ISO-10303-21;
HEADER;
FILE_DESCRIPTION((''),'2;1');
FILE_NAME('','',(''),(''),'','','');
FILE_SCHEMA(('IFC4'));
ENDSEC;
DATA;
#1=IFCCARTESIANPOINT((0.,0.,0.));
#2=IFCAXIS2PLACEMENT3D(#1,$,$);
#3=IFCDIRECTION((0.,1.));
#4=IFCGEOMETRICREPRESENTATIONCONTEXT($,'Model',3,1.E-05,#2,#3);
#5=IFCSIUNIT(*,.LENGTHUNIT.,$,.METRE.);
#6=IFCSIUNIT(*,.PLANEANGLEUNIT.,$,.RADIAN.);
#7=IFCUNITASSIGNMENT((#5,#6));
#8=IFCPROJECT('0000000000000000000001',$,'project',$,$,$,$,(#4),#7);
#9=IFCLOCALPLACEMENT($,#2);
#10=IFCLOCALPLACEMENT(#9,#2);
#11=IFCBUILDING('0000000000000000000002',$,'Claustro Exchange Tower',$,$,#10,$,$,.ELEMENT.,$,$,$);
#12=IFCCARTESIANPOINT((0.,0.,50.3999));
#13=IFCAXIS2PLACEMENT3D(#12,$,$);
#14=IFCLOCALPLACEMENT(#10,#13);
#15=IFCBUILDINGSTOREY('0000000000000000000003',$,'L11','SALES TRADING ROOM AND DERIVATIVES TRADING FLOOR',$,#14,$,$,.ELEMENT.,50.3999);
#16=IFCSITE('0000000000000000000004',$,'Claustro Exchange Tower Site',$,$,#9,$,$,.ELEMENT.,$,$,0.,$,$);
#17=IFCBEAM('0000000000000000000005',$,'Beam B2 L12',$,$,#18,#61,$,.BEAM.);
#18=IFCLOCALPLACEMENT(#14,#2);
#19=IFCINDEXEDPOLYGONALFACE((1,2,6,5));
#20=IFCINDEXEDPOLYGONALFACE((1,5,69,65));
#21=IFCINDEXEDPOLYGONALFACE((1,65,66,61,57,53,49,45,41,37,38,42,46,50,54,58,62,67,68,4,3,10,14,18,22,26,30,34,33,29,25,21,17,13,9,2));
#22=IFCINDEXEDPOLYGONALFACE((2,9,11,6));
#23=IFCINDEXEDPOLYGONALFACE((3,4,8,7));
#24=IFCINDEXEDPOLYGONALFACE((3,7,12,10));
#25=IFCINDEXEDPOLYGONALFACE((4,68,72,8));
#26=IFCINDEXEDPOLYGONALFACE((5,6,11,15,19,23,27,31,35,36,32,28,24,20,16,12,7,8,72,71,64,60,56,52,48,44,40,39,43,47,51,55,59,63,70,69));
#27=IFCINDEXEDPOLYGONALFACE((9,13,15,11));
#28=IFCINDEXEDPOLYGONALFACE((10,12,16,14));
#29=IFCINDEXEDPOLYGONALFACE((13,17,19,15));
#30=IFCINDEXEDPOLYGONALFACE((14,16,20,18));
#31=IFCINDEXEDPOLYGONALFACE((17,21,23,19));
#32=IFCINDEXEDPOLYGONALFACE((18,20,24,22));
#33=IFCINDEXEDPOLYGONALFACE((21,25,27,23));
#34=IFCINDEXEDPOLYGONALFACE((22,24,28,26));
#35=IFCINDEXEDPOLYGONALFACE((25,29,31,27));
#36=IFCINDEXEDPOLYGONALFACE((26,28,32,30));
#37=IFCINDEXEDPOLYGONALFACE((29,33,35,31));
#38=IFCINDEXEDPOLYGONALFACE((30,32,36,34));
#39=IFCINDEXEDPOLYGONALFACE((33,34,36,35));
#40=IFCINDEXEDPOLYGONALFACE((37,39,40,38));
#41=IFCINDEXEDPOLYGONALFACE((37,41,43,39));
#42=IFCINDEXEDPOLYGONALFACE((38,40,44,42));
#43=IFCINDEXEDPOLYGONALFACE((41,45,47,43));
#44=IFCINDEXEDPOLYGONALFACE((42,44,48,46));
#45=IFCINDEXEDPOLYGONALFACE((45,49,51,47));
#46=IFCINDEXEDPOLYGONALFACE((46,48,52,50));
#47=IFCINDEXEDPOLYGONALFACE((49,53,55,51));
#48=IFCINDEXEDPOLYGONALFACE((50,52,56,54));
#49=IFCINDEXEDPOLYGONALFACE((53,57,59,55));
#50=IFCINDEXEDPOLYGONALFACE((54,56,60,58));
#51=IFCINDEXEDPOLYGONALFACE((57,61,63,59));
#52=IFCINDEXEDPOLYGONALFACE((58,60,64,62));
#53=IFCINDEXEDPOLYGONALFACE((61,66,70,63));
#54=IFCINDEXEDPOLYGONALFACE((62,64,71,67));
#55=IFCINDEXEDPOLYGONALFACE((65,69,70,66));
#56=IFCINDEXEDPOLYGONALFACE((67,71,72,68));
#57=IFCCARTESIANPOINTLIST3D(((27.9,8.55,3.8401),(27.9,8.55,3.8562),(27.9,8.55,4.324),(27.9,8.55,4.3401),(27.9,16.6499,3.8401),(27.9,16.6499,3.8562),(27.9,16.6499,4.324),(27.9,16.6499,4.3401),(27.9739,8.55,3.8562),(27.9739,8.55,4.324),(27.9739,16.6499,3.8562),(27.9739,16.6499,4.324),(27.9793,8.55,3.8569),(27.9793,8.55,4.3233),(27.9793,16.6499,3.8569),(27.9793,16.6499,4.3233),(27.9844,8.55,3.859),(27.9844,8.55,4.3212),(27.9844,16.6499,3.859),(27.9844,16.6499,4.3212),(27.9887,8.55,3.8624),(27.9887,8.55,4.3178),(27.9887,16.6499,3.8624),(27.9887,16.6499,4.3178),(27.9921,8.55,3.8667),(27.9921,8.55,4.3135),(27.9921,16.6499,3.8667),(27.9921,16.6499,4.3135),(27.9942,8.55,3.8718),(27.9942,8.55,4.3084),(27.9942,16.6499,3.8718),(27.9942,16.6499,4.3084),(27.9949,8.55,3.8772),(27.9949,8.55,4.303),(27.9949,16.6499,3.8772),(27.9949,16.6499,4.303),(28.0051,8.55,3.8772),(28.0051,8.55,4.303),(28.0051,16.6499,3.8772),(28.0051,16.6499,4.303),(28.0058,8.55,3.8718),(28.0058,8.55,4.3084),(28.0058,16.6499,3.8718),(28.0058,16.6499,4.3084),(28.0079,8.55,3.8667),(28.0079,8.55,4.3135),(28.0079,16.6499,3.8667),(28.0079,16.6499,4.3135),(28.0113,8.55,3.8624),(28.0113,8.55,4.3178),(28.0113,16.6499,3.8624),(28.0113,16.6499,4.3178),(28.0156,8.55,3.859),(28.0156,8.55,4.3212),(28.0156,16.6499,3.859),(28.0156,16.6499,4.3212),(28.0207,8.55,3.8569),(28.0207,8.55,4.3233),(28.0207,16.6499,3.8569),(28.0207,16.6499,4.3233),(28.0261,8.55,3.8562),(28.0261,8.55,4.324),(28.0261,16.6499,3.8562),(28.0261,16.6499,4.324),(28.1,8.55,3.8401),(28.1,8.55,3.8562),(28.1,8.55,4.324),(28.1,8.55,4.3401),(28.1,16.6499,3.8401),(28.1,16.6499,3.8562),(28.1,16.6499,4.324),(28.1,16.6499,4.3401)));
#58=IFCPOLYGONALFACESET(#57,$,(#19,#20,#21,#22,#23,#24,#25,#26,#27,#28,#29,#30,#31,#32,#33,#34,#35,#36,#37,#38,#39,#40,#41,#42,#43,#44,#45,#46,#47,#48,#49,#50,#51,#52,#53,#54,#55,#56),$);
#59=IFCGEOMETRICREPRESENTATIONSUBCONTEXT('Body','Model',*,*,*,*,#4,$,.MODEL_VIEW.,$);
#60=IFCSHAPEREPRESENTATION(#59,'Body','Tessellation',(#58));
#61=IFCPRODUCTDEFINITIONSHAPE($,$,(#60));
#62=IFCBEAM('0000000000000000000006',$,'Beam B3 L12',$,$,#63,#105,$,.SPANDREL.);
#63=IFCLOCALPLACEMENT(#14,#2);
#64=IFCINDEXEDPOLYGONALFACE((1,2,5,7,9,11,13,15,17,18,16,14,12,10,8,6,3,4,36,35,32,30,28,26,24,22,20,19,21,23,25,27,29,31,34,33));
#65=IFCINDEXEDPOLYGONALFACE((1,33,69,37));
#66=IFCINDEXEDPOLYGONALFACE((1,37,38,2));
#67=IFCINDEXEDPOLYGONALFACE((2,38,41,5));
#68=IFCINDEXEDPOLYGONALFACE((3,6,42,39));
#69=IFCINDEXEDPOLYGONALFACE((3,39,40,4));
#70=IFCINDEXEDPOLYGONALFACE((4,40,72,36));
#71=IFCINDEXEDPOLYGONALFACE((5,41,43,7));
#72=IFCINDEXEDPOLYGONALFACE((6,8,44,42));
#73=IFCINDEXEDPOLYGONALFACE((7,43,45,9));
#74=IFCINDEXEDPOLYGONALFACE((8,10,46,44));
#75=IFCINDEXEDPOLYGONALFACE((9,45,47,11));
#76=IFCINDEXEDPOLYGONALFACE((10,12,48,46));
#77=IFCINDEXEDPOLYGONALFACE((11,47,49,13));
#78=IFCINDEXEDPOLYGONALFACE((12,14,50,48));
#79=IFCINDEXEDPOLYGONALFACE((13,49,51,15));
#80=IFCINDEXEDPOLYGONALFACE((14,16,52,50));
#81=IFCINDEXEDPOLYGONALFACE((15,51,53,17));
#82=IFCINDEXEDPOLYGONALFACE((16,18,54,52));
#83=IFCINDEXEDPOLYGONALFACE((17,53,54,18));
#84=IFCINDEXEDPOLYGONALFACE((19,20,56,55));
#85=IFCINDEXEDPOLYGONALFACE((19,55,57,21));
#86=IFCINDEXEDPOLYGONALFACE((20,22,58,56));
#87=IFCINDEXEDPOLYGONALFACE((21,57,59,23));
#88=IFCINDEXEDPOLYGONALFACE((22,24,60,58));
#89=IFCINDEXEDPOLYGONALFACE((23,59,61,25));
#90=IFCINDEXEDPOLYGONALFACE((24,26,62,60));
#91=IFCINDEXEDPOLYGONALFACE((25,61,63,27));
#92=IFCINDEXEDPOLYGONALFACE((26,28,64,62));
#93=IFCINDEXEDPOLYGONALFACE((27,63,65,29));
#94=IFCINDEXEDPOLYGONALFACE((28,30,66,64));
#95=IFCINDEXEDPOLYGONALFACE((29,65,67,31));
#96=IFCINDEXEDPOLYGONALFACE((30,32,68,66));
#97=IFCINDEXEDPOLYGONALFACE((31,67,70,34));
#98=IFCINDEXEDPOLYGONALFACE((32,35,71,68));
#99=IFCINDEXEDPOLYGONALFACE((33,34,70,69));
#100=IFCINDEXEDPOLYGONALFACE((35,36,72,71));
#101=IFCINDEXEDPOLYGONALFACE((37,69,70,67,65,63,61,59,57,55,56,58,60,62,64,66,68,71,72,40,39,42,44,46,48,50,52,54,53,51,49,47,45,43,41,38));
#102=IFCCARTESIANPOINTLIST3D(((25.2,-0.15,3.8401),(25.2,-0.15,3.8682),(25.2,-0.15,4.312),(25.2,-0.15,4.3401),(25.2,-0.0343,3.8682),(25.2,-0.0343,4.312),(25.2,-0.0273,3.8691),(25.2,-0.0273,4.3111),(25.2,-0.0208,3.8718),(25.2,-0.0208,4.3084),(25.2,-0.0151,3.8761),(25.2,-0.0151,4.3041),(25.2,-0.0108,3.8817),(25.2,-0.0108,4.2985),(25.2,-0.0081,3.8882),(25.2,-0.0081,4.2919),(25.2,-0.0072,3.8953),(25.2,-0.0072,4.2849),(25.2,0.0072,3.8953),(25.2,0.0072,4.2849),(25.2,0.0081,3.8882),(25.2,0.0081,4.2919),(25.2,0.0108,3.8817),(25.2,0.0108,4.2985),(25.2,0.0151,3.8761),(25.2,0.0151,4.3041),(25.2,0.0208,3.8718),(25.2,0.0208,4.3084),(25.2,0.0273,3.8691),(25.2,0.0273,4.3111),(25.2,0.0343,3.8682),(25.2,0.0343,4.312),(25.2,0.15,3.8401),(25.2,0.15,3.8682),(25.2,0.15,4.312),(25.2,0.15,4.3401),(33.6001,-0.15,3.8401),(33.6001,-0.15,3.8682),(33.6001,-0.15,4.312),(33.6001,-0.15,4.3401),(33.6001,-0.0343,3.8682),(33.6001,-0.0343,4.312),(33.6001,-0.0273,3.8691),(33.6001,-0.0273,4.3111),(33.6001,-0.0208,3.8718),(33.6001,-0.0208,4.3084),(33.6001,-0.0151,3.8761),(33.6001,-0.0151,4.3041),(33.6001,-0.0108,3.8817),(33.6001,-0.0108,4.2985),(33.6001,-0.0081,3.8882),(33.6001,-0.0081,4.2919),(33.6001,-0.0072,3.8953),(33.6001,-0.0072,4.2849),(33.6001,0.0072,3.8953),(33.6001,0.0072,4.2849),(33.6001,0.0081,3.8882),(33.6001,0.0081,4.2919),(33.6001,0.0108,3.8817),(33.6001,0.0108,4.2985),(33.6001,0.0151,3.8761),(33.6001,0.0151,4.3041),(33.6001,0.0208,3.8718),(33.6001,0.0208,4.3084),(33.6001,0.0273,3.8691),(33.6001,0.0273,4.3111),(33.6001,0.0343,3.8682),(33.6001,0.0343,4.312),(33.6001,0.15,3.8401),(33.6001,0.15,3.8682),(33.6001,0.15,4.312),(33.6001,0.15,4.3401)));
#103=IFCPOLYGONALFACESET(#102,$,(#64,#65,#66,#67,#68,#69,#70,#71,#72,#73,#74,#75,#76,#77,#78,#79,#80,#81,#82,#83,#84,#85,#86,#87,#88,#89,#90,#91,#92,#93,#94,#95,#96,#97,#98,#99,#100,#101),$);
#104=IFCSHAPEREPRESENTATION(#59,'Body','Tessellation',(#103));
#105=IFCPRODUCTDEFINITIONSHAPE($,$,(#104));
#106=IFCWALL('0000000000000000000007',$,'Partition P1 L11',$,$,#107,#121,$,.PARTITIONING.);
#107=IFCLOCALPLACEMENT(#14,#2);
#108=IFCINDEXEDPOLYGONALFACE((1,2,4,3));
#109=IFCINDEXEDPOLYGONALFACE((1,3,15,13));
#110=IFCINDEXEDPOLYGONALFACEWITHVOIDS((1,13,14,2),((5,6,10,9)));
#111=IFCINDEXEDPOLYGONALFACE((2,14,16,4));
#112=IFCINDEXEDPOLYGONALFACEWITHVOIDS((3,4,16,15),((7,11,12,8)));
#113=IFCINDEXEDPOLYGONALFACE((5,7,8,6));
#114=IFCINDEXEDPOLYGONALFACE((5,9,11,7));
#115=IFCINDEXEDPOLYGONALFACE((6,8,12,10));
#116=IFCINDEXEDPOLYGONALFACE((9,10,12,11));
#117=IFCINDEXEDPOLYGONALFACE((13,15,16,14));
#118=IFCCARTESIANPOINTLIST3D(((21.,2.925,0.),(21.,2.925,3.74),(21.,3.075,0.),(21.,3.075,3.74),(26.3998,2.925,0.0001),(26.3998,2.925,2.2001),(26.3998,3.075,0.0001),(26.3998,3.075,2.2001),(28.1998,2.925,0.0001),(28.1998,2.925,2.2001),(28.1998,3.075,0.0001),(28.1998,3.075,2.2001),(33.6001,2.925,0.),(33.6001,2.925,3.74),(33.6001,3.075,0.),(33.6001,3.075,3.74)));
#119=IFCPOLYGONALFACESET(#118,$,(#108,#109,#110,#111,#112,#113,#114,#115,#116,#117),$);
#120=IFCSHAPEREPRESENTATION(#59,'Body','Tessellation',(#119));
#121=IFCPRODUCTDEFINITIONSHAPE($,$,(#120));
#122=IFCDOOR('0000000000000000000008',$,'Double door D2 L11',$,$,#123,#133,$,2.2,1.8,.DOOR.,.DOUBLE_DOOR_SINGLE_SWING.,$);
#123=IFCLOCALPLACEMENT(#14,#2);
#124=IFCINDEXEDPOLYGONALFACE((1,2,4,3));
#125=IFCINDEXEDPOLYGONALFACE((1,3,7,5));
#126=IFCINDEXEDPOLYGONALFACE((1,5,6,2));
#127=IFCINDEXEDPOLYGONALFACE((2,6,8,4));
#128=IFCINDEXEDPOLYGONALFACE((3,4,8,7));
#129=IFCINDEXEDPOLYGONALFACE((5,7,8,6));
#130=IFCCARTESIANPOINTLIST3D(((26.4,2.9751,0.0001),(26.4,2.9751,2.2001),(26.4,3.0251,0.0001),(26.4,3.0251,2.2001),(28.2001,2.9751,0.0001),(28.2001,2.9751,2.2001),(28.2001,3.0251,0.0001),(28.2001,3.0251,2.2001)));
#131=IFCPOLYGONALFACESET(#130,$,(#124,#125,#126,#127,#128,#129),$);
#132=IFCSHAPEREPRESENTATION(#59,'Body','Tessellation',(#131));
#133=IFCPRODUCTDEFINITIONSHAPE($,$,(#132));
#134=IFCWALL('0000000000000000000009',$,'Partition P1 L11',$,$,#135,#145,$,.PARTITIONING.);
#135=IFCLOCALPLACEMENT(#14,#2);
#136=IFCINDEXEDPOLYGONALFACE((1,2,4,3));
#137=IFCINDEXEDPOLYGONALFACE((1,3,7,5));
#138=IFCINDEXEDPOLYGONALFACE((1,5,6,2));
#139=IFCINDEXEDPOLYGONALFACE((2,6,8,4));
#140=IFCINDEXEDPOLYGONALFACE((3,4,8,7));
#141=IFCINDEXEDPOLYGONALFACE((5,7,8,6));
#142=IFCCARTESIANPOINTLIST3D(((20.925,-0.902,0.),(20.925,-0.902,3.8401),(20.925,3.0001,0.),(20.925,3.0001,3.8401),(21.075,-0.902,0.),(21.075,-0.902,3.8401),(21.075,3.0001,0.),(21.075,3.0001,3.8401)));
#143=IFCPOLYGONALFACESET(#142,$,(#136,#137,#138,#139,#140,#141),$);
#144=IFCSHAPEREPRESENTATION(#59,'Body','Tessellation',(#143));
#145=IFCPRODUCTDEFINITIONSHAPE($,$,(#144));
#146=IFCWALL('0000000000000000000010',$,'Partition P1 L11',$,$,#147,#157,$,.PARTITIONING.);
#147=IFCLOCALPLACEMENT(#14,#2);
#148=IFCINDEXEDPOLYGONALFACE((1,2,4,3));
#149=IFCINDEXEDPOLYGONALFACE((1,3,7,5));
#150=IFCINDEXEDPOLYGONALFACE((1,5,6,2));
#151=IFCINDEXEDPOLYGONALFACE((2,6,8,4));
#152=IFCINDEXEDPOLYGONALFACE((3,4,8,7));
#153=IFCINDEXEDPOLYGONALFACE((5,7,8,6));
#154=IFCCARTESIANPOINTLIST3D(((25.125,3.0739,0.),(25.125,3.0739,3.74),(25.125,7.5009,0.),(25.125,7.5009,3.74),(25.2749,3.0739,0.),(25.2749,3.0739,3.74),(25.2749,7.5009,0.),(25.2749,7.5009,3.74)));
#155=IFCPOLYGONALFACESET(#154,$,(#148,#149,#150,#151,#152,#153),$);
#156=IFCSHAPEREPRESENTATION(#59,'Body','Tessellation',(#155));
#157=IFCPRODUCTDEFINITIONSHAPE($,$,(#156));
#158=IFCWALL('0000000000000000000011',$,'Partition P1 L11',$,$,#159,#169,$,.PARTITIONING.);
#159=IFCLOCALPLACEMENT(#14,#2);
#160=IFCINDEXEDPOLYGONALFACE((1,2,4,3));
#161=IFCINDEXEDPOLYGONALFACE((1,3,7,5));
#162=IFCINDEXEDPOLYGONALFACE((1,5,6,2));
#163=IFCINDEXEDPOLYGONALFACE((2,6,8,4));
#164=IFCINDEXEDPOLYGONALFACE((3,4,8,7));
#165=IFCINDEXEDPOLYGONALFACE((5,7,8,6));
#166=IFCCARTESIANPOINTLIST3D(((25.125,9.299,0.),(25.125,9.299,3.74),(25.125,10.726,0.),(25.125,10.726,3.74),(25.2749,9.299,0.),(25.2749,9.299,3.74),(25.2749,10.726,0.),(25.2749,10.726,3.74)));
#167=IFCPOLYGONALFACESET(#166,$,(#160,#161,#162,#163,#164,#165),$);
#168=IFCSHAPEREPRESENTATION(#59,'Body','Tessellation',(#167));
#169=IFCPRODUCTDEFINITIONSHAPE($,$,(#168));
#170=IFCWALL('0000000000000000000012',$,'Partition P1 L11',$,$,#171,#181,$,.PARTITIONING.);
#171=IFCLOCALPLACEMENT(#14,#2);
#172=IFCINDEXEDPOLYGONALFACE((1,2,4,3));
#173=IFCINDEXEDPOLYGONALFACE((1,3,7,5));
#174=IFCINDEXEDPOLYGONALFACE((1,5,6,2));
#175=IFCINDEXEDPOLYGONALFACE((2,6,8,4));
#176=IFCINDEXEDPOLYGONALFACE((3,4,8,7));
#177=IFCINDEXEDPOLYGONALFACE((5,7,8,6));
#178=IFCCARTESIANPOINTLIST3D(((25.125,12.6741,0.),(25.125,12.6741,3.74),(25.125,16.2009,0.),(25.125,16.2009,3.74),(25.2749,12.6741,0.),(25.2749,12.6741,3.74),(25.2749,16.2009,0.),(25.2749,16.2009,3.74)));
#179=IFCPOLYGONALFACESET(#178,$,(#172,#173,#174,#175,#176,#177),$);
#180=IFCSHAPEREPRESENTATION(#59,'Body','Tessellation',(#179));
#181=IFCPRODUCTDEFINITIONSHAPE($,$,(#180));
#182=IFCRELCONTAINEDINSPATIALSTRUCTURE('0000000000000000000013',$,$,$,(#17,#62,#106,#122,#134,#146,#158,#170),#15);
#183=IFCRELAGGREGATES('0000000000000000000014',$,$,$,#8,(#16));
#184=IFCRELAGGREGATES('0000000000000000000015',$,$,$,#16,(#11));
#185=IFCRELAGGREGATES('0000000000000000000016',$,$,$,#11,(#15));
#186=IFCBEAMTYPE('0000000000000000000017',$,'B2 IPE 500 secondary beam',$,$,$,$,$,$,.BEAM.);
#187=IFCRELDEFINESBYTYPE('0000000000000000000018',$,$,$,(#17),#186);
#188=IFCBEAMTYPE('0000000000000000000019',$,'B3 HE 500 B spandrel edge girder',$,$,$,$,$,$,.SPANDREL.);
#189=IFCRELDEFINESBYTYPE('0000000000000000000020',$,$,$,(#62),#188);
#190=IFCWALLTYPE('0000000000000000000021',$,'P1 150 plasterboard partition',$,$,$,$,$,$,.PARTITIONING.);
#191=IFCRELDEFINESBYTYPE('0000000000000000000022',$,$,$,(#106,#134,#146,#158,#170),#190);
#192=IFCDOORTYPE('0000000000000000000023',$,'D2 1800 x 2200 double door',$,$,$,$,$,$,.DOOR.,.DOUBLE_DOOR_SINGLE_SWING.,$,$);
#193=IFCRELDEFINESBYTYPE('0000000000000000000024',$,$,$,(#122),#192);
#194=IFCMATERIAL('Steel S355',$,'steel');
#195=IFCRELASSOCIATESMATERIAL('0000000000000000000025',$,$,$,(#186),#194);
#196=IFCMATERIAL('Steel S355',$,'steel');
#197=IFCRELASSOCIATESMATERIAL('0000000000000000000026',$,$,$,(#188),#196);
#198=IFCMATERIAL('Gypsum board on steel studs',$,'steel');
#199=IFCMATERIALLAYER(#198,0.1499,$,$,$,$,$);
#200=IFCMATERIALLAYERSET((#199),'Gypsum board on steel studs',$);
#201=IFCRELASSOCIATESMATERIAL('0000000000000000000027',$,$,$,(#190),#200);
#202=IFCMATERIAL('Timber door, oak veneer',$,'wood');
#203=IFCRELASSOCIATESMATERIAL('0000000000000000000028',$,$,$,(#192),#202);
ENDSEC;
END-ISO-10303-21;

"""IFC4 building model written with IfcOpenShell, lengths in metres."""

from ifc_helpers import new_model, si_unit, direction, frame, frame_2d, origin, origin_2d, place, context, subcontext, project, spatial, rectangle, i_section, extrude, material, layer, layer_set, material_profile, profile_set, type_object, element, fill, save


model = new_model("IFC4")

# Units and contexts
model_context = context("Model", 3, precision=1e-05, world=origin(), true_north=direction((0.0, 1.0)))
body_context = subcontext(model_context, "Body", "Model", "MODEL_VIEW")
ifc_project = project(units=[si_unit("LENGTHUNIT", "METRE"), si_unit("PLANEANGLEUNIT", "RADIAN")], contexts=[model_context])

# Site, building, storey
site_placement = place(None, origin())
site = spatial("IfcSite", under=ifc_project, at=site_placement, Name="Claustro Exchange Tower Site", CompositionType="ELEMENT", RefElevation=0.0)
building_placement = place(site_placement, origin())
building = spatial("IfcBuilding", under=site, at=building_placement, Name="Claustro Exchange Tower", CompositionType="ELEMENT")
storey_placement = place(building_placement, frame((0.0, 0.0, 50.3999)))
storey = spatial("IfcBuildingStorey", under=building, at=storey_placement, Name="L11", Description="SALES TRADING ROOM AND DERIVATIVES TRADING FLOOR", CompositionType="ELEMENT", Elevation=50.3999)

# Beams
ifc_material_1 = material(Name="Steel S355", Category="steel")
ifc_material_profile_1 = material_profile(ifc_material_1, i_section(OverallWidth=0.2, OverallDepth=0.5, WebThickness=0.0103, FlangeThickness=0.0161, FilletRadius=0.021, at=origin_2d()), Name="IPE 500")
ifc_profile_set_1 = profile_set([ifc_material_profile_1], Name="Steel S355")
beam_type_1 = type_object("IfcBeamType", Name="B2 IPE 500 secondary beam", PredefinedType="BEAM", material=ifc_profile_set_1)
beam_1_placement = place(storey_placement, frame((28.0, 8.55, 4.0901), z_axis=(0.0, 1.0, 0.0), x_axis=(-1.0, 0.0, 0.0)))
element("IfcBeam", 1, at=beam_1_placement, inside=storey, type_object=beam_type_1, Name="Beam B2 L12", PredefinedType="BEAM", context=body_context, shape_type="SweptSolid", body=[
    extrude(i_section(OverallWidth=0.2, OverallDepth=0.5, WebThickness=0.0103, FlangeThickness=0.0161, FilletRadius=0.021, at=origin_2d()), origin(), (0.0, 0.0, 1.0), 8.0999),
])
ifc_material_2 = material(Name="Steel S355", Category="steel")
ifc_material_profile_2 = material_profile(ifc_material_2, i_section(OverallWidth=0.3, OverallDepth=0.5, WebThickness=0.0144, FlangeThickness=0.0281, FilletRadius=0.0271, at=origin_2d()), Name="HE 500 B")
ifc_profile_set_2 = profile_set([ifc_material_profile_2], Name="Steel S355")
beam_type_2 = type_object("IfcBeamType", Name="B3 HE 500 B spandrel edge girder", PredefinedType="SPANDREL", material=ifc_profile_set_2)
beam_2_placement = place(storey_placement, frame((25.2, 0.0, 4.0901), z_axis=(1.0, 0.0, 0.0), x_axis=(0.0, 1.0, 0.0)))
element("IfcBeam", 2, at=beam_2_placement, inside=storey, type_object=beam_type_2, Name="Beam B3 L12", PredefinedType="SPANDREL", context=body_context, shape_type="SweptSolid", body=[
    extrude(i_section(OverallWidth=0.3, OverallDepth=0.5, WebThickness=0.0144, FlangeThickness=0.0281, FilletRadius=0.0271, at=origin_2d()), origin(), (0.0, 0.0, 1.0), 8.4001),
])

# Wall, opening, door
ifc_material_3 = material(Name="Gypsum board on steel studs", Category="steel")
ifc_layer_1 = layer(ifc_material_3, 0.1499)
ifc_layer_set_1 = layer_set([ifc_layer_1], Name="Gypsum board on steel studs")
wall_type_1 = type_object("IfcWallType", Name="P1 150 plasterboard partition", PredefinedType="PARTITIONING", material=ifc_layer_set_1)
wall_1_placement = place(storey_placement, frame((21.0, 3.0, 0.0), z_axis=(0.0, 0.0, 1.0), x_axis=(1.0, 0.0, 0.0)))
wall_1 = element("IfcWall", 3, at=wall_1_placement, inside=storey, type_object=wall_type_1, Name="Partition P1 L11", PredefinedType="PARTITIONING", context=body_context, shape_type="SweptSolid", body=[
    extrude(rectangle(XDim=12.6001, YDim=0.1499, at=frame_2d((6.3, 0.0))), origin(), (0.0, 0.0, 1.0), 3.74),
])
opening_1_placement = place(wall_1_placement, frame((5.3999, 0.0, 0.0)))
opening_1 = element("IfcOpeningElement", 4, at=opening_1_placement, cuts=wall_1, PredefinedType="OPENING", context=body_context, shape_type="SweptSolid", body=[
    extrude(rectangle(XDim=1.8, YDim=2.2, at=frame_2d((0.8999, 1.1001))), frame((0.0, 0.085, 0.0), z_axis=(0.0, -1.0, 0.0), x_axis=(1.0, 0.0, 0.0)), (0.0, 0.0, 1.0), 0.1699),
])
ifc_material_4 = material(Name="Timber door, oak veneer", Category="wood")
door_type = type_object("IfcDoorType", Name="D2 1800 x 2200 double door", OperationType="DOUBLE_DOOR_SINGLE_SWING", PredefinedType="DOOR", material=ifc_material_4)
door_placement = place(opening_1_placement, frame((1.8, 0.0, 0.0), z_axis=(0.0, 0.0, 1.0), x_axis=(-1.0, 0.0, 0.0)))
door = element("IfcDoor", 5, at=door_placement, inside=storey, type_object=door_type, Name="Double door D2 L11", OperationType="DOUBLE_DOOR_SINGLE_SWING", OverallHeight=2.2, OverallWidth=1.8, PredefinedType="DOOR", context=body_context, shape_type="SweptSolid", body=[
    extrude(rectangle(XDim=1.8, YDim=2.2, at=frame_2d((0.8999, 1.1001))), frame((0.0, 0.0249, 0.0), z_axis=(0.0, -1.0, 0.0), x_axis=(1.0, 0.0, 0.0)), (0.0, 0.0, 1.0), 0.05),
])
fill(opening_1, door)

# Walls
wall_2_placement = place(storey_placement, frame((21.0, -0.9021, 0.0), z_axis=(0.0, 0.0, 1.0), x_axis=(0.0, 1.0, 0.0)))
element("IfcWall", 6, at=wall_2_placement, inside=storey, type_object=wall_type_1, Name="Partition P1 L11", PredefinedType="PARTITIONING", context=body_context, shape_type="SweptSolid", body=[
    extrude(rectangle(XDim=3.9021, YDim=0.1499, at=frame_2d((1.9512, 0.0))), origin(), (0.0, 0.0, 1.0), 3.8401),
])
wall_3_placement = place(storey_placement, frame((25.2, 3.074, 0.0), z_axis=(0.0, 0.0, 1.0), x_axis=(0.0, 1.0, 0.0)))
element("IfcWall", 7, at=wall_3_placement, inside=storey, type_object=wall_type_1, Name="Partition P1 L11", PredefinedType="PARTITIONING", context=body_context, shape_type="SweptSolid", body=[
    extrude(rectangle(XDim=4.427, YDim=0.1499, at=frame_2d((2.2134, 0.0))), origin(), (0.0, 0.0, 1.0), 3.74),
])
wall_4_placement = place(storey_placement, frame((25.2, 9.2991, 0.0), z_axis=(0.0, 0.0, 1.0), x_axis=(0.0, 1.0, 0.0)))
element("IfcWall", 8, at=wall_4_placement, inside=storey, type_object=wall_type_1, Name="Partition P1 L11", PredefinedType="PARTITIONING", context=body_context, shape_type="SweptSolid", body=[
    extrude(rectangle(XDim=1.427, YDim=0.1499, at=frame_2d((0.7134, 0.0))), origin(), (0.0, 0.0, 1.0), 3.74),
])
wall_5_placement = place(storey_placement, frame((25.2, 12.6741, 0.0), z_axis=(0.0, 0.0, 1.0), x_axis=(0.0, 1.0, 0.0)))
element("IfcWall", 9, at=wall_5_placement, inside=storey, type_object=wall_type_1, Name="Partition P1 L11", PredefinedType="PARTITIONING", context=body_context, shape_type="SweptSolid", body=[
    extrude(rectangle(XDim=3.5269, YDim=0.1499, at=frame_2d((1.7634, 0.0))), origin(), (0.0, 0.0, 1.0), 3.74),
])

save(model, "model.ifc")
